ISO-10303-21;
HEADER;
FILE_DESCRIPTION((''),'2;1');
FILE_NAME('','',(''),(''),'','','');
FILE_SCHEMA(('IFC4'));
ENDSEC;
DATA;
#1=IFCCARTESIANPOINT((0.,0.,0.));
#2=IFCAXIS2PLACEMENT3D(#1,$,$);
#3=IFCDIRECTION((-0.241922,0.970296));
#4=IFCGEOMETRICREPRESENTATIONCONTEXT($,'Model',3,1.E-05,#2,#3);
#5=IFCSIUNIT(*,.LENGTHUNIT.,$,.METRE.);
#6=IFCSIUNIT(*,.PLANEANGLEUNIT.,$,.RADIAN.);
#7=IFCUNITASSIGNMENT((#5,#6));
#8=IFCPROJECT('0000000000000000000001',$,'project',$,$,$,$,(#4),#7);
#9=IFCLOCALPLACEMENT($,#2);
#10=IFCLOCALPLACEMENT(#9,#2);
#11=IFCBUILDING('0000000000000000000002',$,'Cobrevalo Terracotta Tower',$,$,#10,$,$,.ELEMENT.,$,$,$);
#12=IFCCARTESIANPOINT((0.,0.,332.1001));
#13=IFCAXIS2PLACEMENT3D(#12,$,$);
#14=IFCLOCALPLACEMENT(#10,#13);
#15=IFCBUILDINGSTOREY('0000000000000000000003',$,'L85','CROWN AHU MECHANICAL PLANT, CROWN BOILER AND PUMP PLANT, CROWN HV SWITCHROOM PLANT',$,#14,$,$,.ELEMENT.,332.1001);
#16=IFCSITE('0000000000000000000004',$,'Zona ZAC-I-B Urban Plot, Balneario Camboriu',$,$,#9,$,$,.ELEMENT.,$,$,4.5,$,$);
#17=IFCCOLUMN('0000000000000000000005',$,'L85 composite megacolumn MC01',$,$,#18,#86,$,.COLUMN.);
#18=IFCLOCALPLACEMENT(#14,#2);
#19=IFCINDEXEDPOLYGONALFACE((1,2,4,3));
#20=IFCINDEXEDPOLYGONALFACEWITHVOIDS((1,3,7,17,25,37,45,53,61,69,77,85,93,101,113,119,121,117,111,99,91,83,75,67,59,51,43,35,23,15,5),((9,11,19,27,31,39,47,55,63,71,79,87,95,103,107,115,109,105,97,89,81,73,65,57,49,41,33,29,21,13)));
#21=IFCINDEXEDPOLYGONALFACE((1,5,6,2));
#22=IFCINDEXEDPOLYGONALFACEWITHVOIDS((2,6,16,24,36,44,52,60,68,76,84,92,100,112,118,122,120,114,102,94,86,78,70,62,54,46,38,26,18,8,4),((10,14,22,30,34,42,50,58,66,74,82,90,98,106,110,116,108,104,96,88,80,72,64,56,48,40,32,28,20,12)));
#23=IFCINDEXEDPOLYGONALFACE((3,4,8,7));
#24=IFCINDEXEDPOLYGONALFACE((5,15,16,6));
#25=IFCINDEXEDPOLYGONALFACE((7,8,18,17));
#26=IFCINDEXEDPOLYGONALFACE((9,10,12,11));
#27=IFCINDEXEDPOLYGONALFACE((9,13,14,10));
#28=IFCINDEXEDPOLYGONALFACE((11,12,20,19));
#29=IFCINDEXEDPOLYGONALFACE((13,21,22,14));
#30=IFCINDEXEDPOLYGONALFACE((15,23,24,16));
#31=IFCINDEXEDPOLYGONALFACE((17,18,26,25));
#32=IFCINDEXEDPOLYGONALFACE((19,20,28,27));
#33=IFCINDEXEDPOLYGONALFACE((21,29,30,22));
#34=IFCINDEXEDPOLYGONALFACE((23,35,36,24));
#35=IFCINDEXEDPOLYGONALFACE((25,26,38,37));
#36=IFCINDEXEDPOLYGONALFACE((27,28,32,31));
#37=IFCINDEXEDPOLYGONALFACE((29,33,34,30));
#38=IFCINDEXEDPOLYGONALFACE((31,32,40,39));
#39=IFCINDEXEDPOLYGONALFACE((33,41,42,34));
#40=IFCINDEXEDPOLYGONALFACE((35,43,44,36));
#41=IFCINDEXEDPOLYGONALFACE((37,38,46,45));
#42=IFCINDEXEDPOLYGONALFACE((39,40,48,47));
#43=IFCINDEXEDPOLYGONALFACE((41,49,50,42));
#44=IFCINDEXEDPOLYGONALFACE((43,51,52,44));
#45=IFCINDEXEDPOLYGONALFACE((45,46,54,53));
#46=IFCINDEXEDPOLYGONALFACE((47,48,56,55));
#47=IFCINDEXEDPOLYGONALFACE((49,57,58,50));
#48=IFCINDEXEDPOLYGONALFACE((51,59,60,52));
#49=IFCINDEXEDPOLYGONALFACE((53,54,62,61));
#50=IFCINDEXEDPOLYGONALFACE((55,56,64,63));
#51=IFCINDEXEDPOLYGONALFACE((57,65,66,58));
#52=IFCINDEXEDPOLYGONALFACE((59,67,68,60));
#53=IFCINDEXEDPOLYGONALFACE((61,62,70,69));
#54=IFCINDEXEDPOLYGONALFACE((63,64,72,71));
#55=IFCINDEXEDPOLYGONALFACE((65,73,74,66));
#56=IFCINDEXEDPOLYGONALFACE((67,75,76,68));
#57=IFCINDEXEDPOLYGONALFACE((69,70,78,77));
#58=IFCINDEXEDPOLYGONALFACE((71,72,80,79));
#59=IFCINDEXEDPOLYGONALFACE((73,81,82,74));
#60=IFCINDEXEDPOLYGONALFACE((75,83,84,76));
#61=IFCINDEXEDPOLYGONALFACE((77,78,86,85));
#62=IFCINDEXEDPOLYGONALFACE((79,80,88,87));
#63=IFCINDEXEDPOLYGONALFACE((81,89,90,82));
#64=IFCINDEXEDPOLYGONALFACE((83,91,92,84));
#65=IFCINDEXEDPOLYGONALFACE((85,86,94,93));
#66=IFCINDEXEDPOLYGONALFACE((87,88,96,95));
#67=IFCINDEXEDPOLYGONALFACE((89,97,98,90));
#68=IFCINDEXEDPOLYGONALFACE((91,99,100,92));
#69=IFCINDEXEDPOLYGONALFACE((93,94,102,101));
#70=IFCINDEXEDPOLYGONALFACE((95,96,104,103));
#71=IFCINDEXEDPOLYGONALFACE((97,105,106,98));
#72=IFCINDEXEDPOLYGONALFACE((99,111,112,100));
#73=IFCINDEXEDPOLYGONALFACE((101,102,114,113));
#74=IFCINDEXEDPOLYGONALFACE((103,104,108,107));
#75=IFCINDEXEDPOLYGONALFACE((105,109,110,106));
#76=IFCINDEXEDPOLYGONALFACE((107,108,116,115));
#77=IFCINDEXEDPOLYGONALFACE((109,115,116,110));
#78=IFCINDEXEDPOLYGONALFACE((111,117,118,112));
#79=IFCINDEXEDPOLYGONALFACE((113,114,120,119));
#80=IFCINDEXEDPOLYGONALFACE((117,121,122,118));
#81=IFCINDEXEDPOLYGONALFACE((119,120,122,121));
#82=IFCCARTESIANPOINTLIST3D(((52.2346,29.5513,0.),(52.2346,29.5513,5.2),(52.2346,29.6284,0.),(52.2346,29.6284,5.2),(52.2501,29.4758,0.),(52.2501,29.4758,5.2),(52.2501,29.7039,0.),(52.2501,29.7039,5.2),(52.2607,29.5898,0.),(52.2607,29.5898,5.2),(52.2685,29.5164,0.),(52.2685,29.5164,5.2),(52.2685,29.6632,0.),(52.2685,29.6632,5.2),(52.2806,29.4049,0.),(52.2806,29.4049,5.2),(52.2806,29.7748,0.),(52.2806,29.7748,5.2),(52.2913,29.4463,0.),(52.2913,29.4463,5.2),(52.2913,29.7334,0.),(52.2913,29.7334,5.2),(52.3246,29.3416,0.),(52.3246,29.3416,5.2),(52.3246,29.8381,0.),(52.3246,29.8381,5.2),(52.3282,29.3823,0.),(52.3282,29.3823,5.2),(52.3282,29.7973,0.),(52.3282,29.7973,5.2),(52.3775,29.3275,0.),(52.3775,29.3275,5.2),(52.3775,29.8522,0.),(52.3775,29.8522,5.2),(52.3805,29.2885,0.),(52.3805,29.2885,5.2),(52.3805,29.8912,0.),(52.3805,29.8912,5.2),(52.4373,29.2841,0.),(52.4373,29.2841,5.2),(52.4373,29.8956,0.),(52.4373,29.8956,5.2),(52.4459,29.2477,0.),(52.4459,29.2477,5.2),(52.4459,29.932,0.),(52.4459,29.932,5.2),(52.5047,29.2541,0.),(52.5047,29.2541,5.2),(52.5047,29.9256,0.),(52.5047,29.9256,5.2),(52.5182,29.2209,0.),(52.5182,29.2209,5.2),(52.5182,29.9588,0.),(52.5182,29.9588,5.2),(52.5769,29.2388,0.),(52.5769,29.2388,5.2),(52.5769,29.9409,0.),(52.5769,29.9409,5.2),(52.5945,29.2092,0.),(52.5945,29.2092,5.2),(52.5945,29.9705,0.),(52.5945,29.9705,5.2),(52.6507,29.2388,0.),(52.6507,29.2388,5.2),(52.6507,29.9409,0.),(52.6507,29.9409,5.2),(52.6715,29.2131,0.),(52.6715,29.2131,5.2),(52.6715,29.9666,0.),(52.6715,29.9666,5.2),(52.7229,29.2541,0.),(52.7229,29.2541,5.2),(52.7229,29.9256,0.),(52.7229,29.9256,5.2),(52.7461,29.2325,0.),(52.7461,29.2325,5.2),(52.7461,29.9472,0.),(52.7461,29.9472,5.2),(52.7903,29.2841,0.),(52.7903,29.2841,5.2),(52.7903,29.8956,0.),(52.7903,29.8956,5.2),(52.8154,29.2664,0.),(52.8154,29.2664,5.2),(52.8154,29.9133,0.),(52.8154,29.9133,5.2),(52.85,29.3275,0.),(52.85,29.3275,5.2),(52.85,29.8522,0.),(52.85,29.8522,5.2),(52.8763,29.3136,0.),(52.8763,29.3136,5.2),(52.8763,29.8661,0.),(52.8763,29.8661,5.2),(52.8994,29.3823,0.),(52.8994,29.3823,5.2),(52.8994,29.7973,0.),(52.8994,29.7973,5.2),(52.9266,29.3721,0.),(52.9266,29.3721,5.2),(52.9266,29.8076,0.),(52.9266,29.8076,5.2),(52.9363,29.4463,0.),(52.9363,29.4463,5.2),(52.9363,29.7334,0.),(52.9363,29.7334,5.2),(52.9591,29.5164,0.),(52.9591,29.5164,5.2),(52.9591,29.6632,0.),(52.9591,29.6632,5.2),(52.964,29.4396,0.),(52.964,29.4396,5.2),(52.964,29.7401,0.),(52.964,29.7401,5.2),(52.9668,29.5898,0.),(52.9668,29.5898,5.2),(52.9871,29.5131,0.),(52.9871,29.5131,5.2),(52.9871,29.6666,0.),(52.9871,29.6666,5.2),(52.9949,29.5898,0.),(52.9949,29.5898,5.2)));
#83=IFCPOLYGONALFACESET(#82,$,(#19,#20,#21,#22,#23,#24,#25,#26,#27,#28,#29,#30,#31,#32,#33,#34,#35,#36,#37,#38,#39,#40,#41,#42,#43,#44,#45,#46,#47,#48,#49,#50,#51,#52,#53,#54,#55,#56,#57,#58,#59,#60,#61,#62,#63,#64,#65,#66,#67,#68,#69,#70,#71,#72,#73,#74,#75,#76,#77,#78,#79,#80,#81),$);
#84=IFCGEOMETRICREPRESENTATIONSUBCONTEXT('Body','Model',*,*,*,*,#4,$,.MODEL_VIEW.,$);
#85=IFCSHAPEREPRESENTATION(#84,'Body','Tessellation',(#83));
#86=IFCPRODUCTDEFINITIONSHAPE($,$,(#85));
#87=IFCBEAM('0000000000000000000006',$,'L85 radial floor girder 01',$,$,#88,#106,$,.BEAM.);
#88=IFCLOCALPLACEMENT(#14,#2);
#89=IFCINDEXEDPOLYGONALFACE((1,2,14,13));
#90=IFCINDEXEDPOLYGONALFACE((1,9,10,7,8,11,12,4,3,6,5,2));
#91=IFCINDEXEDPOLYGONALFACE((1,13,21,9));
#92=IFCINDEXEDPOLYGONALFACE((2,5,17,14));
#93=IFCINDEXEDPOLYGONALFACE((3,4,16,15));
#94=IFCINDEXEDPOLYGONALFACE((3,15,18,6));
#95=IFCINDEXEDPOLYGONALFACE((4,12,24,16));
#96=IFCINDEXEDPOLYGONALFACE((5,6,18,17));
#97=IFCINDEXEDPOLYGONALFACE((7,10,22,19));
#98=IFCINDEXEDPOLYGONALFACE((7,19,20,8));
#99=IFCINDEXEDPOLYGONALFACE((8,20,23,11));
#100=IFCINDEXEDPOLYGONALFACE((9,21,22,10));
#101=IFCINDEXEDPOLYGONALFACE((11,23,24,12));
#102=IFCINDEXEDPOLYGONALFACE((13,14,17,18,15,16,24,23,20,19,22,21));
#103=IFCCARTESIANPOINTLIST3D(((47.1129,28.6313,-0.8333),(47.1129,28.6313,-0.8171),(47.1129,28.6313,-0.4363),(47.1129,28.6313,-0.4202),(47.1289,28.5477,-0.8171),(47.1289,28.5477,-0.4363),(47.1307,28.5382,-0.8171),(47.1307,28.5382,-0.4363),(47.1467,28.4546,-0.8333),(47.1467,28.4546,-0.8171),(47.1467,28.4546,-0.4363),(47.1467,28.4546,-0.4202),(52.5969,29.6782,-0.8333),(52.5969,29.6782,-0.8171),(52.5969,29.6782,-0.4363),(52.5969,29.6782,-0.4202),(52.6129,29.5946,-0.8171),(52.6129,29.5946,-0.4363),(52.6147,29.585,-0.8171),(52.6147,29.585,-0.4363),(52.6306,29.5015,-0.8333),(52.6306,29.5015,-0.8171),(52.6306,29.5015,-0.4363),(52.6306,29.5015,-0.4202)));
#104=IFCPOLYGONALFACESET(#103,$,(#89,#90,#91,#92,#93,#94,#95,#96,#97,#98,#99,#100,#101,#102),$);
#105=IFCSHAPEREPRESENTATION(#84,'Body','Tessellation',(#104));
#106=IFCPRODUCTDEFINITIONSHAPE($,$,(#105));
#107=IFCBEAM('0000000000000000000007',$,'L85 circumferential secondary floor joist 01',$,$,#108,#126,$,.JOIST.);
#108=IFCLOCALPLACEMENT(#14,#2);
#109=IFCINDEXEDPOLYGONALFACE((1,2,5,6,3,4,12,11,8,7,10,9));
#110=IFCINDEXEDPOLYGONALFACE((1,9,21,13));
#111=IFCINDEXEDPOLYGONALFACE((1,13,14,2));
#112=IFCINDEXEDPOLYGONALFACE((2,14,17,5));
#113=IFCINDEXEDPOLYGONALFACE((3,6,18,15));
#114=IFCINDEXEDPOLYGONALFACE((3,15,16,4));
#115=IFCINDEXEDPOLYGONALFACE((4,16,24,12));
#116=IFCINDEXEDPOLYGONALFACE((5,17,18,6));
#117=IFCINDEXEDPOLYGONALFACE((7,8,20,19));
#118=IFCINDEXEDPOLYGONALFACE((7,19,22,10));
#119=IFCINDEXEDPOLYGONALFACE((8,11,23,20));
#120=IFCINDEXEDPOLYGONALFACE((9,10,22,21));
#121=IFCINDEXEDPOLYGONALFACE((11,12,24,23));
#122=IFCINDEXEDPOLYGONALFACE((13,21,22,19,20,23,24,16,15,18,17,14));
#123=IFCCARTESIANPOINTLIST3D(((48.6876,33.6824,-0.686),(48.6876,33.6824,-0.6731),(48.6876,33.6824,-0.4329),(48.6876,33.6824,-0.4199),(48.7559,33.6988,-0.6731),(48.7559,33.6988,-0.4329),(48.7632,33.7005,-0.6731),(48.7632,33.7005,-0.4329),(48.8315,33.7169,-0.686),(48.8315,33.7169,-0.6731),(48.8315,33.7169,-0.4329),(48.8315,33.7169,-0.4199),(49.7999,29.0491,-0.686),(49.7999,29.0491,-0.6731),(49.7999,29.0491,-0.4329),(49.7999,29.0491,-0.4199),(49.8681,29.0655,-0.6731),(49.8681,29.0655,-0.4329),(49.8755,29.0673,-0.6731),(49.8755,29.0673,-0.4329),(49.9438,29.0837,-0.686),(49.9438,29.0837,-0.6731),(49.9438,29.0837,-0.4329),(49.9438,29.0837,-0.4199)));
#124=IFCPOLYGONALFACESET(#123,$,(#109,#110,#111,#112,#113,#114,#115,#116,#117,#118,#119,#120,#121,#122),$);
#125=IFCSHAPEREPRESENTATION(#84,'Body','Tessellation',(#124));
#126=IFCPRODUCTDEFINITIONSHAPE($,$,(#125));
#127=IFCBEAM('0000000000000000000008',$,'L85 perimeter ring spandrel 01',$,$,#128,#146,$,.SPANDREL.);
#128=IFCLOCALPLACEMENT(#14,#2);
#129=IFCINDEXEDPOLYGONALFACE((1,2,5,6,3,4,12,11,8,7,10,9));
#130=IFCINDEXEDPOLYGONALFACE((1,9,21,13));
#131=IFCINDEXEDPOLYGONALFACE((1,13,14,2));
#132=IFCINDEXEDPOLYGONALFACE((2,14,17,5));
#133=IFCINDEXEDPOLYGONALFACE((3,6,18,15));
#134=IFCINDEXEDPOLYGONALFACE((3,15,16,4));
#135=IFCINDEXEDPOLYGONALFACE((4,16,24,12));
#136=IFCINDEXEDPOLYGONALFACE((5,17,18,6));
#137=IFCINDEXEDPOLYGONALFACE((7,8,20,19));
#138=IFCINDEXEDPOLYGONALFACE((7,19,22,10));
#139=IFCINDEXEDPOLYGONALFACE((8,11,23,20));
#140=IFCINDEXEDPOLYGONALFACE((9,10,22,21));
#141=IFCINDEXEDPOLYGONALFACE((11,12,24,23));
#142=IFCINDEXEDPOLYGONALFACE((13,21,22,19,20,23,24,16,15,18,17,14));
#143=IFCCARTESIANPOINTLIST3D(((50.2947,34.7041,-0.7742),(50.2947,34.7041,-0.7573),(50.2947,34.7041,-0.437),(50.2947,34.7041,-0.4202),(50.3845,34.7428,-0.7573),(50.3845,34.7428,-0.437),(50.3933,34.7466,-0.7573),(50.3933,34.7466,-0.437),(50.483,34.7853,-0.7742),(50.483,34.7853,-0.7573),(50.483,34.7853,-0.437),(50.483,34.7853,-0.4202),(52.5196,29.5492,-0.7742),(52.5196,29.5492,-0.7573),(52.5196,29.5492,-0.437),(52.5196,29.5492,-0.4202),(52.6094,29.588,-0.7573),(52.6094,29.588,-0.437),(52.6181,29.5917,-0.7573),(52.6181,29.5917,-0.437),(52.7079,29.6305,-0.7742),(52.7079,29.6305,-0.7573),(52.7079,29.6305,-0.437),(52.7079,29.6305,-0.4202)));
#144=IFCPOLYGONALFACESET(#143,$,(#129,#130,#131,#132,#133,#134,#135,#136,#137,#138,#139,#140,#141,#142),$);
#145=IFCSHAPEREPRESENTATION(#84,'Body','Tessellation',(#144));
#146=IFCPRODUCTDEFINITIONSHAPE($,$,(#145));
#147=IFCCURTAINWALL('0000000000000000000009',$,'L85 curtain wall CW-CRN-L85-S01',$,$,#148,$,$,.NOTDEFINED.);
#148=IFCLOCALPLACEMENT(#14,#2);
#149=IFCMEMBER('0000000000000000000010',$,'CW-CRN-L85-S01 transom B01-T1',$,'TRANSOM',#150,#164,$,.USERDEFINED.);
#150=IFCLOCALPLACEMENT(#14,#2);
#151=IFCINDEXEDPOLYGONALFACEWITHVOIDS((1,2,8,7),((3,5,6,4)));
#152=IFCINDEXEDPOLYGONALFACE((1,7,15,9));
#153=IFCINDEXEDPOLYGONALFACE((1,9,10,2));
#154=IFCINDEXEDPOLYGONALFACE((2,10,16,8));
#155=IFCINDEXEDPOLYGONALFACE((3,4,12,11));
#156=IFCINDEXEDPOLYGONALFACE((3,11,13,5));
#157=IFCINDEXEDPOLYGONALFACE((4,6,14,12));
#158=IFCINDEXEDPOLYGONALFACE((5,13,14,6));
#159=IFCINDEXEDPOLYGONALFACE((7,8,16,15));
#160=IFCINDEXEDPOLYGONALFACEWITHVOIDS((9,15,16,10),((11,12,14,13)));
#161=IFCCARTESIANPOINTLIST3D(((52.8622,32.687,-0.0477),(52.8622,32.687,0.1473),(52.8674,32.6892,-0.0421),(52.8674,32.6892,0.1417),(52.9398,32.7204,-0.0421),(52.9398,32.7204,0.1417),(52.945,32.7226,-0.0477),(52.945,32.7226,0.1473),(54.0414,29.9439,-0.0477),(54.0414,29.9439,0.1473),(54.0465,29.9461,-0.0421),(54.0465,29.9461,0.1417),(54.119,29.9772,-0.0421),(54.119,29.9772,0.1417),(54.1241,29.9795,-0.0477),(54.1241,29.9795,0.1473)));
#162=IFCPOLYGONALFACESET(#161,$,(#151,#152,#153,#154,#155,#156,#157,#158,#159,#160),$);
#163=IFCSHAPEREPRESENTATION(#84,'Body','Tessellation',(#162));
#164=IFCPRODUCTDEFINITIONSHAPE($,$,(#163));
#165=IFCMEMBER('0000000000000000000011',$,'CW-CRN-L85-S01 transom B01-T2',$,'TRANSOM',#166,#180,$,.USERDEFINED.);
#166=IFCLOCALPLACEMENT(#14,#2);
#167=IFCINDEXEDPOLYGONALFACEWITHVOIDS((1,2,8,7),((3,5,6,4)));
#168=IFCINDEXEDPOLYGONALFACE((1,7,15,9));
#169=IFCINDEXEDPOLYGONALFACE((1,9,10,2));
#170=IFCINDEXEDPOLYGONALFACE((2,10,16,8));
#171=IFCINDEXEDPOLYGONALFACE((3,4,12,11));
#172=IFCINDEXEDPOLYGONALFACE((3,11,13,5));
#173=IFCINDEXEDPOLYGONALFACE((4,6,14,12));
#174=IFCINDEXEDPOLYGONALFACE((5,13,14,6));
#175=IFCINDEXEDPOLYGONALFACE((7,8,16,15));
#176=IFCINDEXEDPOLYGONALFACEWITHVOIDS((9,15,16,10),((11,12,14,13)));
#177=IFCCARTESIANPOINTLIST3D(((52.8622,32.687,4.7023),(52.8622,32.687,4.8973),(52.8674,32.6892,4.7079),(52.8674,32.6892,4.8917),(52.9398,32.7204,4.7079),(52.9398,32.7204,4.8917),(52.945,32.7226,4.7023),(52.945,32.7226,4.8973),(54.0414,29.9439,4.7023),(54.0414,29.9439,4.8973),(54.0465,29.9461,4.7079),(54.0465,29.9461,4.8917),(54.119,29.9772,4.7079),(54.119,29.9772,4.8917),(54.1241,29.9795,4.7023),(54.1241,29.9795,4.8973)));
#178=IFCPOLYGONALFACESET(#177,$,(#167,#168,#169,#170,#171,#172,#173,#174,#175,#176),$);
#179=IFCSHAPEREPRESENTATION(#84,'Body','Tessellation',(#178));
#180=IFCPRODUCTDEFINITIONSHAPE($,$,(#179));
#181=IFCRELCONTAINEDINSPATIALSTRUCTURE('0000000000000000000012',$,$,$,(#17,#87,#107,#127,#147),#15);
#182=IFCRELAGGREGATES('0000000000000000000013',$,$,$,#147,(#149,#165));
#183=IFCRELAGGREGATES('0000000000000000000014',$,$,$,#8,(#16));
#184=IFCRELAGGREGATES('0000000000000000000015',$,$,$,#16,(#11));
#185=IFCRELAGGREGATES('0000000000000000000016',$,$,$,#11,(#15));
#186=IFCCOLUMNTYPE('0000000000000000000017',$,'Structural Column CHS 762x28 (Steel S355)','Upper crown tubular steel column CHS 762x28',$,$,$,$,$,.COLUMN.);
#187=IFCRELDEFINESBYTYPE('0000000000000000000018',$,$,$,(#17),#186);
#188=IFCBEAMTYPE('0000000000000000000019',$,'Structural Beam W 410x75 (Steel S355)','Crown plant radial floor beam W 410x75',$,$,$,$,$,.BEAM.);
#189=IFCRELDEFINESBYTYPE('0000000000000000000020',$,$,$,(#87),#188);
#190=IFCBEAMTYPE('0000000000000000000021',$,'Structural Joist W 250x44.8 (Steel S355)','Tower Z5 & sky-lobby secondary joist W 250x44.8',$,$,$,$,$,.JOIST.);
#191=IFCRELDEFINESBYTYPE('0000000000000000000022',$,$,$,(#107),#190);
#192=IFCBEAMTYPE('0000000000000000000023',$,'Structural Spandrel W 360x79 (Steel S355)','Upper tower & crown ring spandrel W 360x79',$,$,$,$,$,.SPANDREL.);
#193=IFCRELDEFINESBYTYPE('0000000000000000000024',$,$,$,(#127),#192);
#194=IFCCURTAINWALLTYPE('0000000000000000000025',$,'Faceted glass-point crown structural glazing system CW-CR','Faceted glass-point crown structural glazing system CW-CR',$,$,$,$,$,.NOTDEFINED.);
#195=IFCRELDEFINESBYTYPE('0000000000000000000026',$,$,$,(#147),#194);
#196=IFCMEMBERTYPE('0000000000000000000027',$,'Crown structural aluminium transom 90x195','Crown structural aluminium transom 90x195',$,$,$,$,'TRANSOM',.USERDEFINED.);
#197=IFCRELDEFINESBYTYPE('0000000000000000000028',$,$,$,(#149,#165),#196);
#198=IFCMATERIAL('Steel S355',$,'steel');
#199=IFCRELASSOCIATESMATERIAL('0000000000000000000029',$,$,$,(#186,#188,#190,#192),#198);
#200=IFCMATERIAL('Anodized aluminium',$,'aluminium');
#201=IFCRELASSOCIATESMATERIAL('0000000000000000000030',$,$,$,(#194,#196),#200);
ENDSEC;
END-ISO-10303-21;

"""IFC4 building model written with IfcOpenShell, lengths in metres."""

from ifc_helpers import new_model, si_unit, direction, frame, origin, origin_2d, place, context, subcontext, project, spatial, hollow_rectangle, hollow_circle, i_section, extrude, source, transform, mapped, material, material_profile, profile_set, type_object, element, aggregate, save


model = new_model("IFC4")

# Units and contexts
model_context = context("Model", 3, precision=1e-05, world=origin(), true_north=direction((-0.241922, 0.970296)))
body_context = subcontext(model_context, "Body", "Model", "MODEL_VIEW")
ifc_project = project(units=[si_unit("LENGTHUNIT", "METRE"), si_unit("PLANEANGLEUNIT", "RADIAN")], contexts=[model_context])

# Site, building, storey
site_placement = place(None, origin())
site = spatial("IfcSite", under=ifc_project, at=site_placement, Name="Zona ZAC-I-B Urban Plot, Balneario Camboriu", CompositionType="ELEMENT", RefElevation=4.5)
building_placement = place(site_placement, origin())
building = spatial("IfcBuilding", under=site, at=building_placement, Name="Cobrevalo Terracotta Tower", CompositionType="ELEMENT")
storey_placement = place(building_placement, frame((0.0, 0.0, 332.1001)))
storey = spatial("IfcBuildingStorey", under=building, at=storey_placement, Name="L85", Description="CROWN AHU MECHANICAL PLANT, CROWN BOILER AND PUMP PLANT, CROWN HV SWITCHROOM PLANT", CompositionType="ELEMENT", Elevation=332.1001)

# Column
ifc_material_1 = material(Name="Steel S355", Category="steel")
ifc_material_profile_1 = material_profile(ifc_material_1, hollow_circle(Radius=0.3811, WallThickness=0.0281, at=origin_2d()), Name="CHS 762x28")
ifc_profile_set_1 = profile_set([ifc_material_profile_1], Name="Steel S355")
column_type = type_object("IfcColumnType", Name="Structural Column CHS 762x28 (Steel S355)", Description="Upper crown tubular steel column CHS 762x28", PredefinedType="COLUMN", material=ifc_profile_set_1)
column_placement = place(storey_placement, frame((52.6138, 29.5898, 0.0), z_axis=(0.0, 0.0, 1.0), x_axis=(1.0, 0.0, 0.0)))
element("IfcColumn", 1, at=column_placement, inside=storey, type_object=column_type, Name="L85 composite megacolumn MC01", PredefinedType="COLUMN", context=body_context, shape_type="SweptSolid", body=[
    extrude(hollow_circle(Radius=0.3811, WallThickness=0.0281, at=origin_2d()), origin(), (0.0, 0.0, 1.0), 5.2),
])

# Beams
ifc_material_profile_2 = material_profile(ifc_material_1, i_section(OverallWidth=0.1799, OverallDepth=0.4131, WebThickness=0.0098, FlangeThickness=0.0161, at=origin_2d()), Name="W 410x75")
ifc_profile_set_2 = profile_set([ifc_material_profile_2], Name="Steel S355")
beam_type_1 = type_object("IfcBeamType", Name="Structural Beam W 410x75 (Steel S355)", Description="Crown plant radial floor beam W 410x75", PredefinedType="BEAM", material=ifc_profile_set_2)
beam_1_placement = place(storey_placement, frame((52.6138, 29.5898, -0.6267), z_axis=(-0.982262, -0.187514, 0.0), x_axis=(0.187514, -0.982262, 0.0)))
element("IfcBeam", 2, at=beam_1_placement, inside=storey, type_object=beam_type_1, Name="L85 radial floor girder 01", PredefinedType="BEAM", context=body_context, shape_type="SweptSolid", body=[
    extrude(i_section(OverallWidth=0.1799, OverallDepth=0.4131, WebThickness=0.0098, FlangeThickness=0.0161, at=origin_2d()), origin(), (0.0, 0.0, 1.0), 5.583),
])
ifc_material_profile_3 = material_profile(ifc_material_1, i_section(OverallWidth=0.1479, OverallDepth=0.2661, WebThickness=0.0076, FlangeThickness=0.0129, at=origin_2d()), Name="W 250x44.8")
ifc_profile_set_3 = profile_set([ifc_material_profile_3], Name="Steel S355")
beam_type_2 = type_object("IfcBeamType", Name="Structural Joist W 250x44.8 (Steel S355)", Description="Tower Z5 & sky-lobby secondary joist W 250x44.8", PredefinedType="JOIST", material=ifc_profile_set_3)
beam_2_placement = place(storey_placement, frame((49.8718, 29.0664, -0.553), z_axis=(-0.233435, 0.972372, 0.0), x_axis=(-0.972372, -0.233435, 0.0)))
element("IfcBeam", 3, at=beam_2_placement, inside=storey, type_object=beam_type_2, Name="L85 circumferential secondary floor joist 01", PredefinedType="JOIST", context=body_context, shape_type="SweptSolid", body=[
    extrude(i_section(OverallWidth=0.1479, OverallDepth=0.2661, WebThickness=0.0076, FlangeThickness=0.0129, at=origin_2d()), origin(), (0.0, 0.0, 1.0), 4.7649),
])
ifc_material_profile_4 = material_profile(ifc_material_1, i_section(OverallWidth=0.2051, OverallDepth=0.354, WebThickness=0.0095, FlangeThickness=0.0168, at=origin_2d()), Name="W 360x79")
ifc_profile_set_4 = profile_set([ifc_material_profile_4], Name="Steel S355")
beam_type_3 = type_object("IfcBeamType", Name="Structural Spandrel W 360x79 (Steel S355)", Description="Upper tower & crown ring spandrel W 360x79", PredefinedType="SPANDREL", material=ifc_profile_set_4)
beam_3_placement = place(storey_placement, frame((52.6138, 29.5898, -0.5972), z_axis=(-0.396274, 0.918132, 0.0), x_axis=(-0.918132, -0.396274, 0.0)))
element("IfcBeam", 4, at=beam_3_placement, inside=storey, type_object=beam_type_3, Name="L85 perimeter ring spandrel 01", PredefinedType="SPANDREL", context=body_context, shape_type="SweptSolid", body=[
    extrude(i_section(OverallWidth=0.2051, OverallDepth=0.354, WebThickness=0.0095, FlangeThickness=0.0168, at=origin_2d()), origin(), (0.0, 0.0, 1.0), 5.6145),
])

# Curtain wall, members
ifc_material_2 = material(Name="Anodized aluminium", Category="aluminium")
curtain_wall_type = type_object("IfcCurtainWallType", Name="Faceted glass-point crown structural glazing system CW-CR", Description="Faceted glass-point crown structural glazing system CW-CR", PredefinedType="NOTDEFINED", material=ifc_material_2)
curtain_wall_1_placement = place(storey_placement, origin())
curtain_wall_1 = element("IfcCurtainWall", 5, at=curtain_wall_1_placement, inside=storey, type_object=curtain_wall_type, Name="L85 curtain wall CW-CRN-L85-S01", PredefinedType="NOTDEFINED")
ifc_material_profile_5 = material_profile(ifc_material_2, hollow_rectangle(XDim=0.0901, YDim=0.1951, WallThickness=0.0056, at=origin_2d()), Name="CWT 90x195")
ifc_profile_set_5 = profile_set([ifc_material_profile_5], Name="Anodized aluminium")
member_type_1 = type_object("IfcMemberType", Name="Crown structural aluminium transom 90x195", Description="Crown structural aluminium transom 90x195", ElementType="TRANSOM", PredefinedType="USERDEFINED", material=ifc_profile_set_5)
shared_shape_1 = source(origin(), body_context, "Body", "SweptSolid", [
    extrude(hollow_rectangle(XDim=0.0901, YDim=0.1951, WallThickness=0.0056, at=origin_2d()), origin(), (0.0, 0.0, 1.0), 2.9858),
])
member_1_placement = place(storey_placement, frame((54.0828, 29.9617, 0.0498), z_axis=(-0.394926, 0.918713, 0.0), x_axis=(-0.918713, -0.394926, 0.0)))
member_1 = element("IfcMember", 6, at=member_1_placement, type_object=member_type_1, Name="CW-CRN-L85-S01 transom B01-T1", ObjectType="TRANSOM", PredefinedType="USERDEFINED", context=body_context, shape_type="MappedRepresentation", body=[
    mapped(shared_shape_1, transform((0.0, 0.0, 0.0), scale=1.0)),
])
member_2_placement = place(storey_placement, frame((54.0828, 29.9617, 4.7998), z_axis=(-0.394926, 0.918713, 0.0), x_axis=(-0.918713, -0.394926, 0.0)))
member_2 = element("IfcMember", 7, at=member_2_placement, type_object=member_type_1, Name="CW-CRN-L85-S01 transom B01-T2", ObjectType="TRANSOM", PredefinedType="USERDEFINED", context=body_context, shape_type="MappedRepresentation", body=[
    mapped(shared_shape_1, transform((0.0, 0.0, 0.0), scale=1.0)),
])

aggregate(curtain_wall_1, [member_1, member_2])

save(model, "model.ifc")
